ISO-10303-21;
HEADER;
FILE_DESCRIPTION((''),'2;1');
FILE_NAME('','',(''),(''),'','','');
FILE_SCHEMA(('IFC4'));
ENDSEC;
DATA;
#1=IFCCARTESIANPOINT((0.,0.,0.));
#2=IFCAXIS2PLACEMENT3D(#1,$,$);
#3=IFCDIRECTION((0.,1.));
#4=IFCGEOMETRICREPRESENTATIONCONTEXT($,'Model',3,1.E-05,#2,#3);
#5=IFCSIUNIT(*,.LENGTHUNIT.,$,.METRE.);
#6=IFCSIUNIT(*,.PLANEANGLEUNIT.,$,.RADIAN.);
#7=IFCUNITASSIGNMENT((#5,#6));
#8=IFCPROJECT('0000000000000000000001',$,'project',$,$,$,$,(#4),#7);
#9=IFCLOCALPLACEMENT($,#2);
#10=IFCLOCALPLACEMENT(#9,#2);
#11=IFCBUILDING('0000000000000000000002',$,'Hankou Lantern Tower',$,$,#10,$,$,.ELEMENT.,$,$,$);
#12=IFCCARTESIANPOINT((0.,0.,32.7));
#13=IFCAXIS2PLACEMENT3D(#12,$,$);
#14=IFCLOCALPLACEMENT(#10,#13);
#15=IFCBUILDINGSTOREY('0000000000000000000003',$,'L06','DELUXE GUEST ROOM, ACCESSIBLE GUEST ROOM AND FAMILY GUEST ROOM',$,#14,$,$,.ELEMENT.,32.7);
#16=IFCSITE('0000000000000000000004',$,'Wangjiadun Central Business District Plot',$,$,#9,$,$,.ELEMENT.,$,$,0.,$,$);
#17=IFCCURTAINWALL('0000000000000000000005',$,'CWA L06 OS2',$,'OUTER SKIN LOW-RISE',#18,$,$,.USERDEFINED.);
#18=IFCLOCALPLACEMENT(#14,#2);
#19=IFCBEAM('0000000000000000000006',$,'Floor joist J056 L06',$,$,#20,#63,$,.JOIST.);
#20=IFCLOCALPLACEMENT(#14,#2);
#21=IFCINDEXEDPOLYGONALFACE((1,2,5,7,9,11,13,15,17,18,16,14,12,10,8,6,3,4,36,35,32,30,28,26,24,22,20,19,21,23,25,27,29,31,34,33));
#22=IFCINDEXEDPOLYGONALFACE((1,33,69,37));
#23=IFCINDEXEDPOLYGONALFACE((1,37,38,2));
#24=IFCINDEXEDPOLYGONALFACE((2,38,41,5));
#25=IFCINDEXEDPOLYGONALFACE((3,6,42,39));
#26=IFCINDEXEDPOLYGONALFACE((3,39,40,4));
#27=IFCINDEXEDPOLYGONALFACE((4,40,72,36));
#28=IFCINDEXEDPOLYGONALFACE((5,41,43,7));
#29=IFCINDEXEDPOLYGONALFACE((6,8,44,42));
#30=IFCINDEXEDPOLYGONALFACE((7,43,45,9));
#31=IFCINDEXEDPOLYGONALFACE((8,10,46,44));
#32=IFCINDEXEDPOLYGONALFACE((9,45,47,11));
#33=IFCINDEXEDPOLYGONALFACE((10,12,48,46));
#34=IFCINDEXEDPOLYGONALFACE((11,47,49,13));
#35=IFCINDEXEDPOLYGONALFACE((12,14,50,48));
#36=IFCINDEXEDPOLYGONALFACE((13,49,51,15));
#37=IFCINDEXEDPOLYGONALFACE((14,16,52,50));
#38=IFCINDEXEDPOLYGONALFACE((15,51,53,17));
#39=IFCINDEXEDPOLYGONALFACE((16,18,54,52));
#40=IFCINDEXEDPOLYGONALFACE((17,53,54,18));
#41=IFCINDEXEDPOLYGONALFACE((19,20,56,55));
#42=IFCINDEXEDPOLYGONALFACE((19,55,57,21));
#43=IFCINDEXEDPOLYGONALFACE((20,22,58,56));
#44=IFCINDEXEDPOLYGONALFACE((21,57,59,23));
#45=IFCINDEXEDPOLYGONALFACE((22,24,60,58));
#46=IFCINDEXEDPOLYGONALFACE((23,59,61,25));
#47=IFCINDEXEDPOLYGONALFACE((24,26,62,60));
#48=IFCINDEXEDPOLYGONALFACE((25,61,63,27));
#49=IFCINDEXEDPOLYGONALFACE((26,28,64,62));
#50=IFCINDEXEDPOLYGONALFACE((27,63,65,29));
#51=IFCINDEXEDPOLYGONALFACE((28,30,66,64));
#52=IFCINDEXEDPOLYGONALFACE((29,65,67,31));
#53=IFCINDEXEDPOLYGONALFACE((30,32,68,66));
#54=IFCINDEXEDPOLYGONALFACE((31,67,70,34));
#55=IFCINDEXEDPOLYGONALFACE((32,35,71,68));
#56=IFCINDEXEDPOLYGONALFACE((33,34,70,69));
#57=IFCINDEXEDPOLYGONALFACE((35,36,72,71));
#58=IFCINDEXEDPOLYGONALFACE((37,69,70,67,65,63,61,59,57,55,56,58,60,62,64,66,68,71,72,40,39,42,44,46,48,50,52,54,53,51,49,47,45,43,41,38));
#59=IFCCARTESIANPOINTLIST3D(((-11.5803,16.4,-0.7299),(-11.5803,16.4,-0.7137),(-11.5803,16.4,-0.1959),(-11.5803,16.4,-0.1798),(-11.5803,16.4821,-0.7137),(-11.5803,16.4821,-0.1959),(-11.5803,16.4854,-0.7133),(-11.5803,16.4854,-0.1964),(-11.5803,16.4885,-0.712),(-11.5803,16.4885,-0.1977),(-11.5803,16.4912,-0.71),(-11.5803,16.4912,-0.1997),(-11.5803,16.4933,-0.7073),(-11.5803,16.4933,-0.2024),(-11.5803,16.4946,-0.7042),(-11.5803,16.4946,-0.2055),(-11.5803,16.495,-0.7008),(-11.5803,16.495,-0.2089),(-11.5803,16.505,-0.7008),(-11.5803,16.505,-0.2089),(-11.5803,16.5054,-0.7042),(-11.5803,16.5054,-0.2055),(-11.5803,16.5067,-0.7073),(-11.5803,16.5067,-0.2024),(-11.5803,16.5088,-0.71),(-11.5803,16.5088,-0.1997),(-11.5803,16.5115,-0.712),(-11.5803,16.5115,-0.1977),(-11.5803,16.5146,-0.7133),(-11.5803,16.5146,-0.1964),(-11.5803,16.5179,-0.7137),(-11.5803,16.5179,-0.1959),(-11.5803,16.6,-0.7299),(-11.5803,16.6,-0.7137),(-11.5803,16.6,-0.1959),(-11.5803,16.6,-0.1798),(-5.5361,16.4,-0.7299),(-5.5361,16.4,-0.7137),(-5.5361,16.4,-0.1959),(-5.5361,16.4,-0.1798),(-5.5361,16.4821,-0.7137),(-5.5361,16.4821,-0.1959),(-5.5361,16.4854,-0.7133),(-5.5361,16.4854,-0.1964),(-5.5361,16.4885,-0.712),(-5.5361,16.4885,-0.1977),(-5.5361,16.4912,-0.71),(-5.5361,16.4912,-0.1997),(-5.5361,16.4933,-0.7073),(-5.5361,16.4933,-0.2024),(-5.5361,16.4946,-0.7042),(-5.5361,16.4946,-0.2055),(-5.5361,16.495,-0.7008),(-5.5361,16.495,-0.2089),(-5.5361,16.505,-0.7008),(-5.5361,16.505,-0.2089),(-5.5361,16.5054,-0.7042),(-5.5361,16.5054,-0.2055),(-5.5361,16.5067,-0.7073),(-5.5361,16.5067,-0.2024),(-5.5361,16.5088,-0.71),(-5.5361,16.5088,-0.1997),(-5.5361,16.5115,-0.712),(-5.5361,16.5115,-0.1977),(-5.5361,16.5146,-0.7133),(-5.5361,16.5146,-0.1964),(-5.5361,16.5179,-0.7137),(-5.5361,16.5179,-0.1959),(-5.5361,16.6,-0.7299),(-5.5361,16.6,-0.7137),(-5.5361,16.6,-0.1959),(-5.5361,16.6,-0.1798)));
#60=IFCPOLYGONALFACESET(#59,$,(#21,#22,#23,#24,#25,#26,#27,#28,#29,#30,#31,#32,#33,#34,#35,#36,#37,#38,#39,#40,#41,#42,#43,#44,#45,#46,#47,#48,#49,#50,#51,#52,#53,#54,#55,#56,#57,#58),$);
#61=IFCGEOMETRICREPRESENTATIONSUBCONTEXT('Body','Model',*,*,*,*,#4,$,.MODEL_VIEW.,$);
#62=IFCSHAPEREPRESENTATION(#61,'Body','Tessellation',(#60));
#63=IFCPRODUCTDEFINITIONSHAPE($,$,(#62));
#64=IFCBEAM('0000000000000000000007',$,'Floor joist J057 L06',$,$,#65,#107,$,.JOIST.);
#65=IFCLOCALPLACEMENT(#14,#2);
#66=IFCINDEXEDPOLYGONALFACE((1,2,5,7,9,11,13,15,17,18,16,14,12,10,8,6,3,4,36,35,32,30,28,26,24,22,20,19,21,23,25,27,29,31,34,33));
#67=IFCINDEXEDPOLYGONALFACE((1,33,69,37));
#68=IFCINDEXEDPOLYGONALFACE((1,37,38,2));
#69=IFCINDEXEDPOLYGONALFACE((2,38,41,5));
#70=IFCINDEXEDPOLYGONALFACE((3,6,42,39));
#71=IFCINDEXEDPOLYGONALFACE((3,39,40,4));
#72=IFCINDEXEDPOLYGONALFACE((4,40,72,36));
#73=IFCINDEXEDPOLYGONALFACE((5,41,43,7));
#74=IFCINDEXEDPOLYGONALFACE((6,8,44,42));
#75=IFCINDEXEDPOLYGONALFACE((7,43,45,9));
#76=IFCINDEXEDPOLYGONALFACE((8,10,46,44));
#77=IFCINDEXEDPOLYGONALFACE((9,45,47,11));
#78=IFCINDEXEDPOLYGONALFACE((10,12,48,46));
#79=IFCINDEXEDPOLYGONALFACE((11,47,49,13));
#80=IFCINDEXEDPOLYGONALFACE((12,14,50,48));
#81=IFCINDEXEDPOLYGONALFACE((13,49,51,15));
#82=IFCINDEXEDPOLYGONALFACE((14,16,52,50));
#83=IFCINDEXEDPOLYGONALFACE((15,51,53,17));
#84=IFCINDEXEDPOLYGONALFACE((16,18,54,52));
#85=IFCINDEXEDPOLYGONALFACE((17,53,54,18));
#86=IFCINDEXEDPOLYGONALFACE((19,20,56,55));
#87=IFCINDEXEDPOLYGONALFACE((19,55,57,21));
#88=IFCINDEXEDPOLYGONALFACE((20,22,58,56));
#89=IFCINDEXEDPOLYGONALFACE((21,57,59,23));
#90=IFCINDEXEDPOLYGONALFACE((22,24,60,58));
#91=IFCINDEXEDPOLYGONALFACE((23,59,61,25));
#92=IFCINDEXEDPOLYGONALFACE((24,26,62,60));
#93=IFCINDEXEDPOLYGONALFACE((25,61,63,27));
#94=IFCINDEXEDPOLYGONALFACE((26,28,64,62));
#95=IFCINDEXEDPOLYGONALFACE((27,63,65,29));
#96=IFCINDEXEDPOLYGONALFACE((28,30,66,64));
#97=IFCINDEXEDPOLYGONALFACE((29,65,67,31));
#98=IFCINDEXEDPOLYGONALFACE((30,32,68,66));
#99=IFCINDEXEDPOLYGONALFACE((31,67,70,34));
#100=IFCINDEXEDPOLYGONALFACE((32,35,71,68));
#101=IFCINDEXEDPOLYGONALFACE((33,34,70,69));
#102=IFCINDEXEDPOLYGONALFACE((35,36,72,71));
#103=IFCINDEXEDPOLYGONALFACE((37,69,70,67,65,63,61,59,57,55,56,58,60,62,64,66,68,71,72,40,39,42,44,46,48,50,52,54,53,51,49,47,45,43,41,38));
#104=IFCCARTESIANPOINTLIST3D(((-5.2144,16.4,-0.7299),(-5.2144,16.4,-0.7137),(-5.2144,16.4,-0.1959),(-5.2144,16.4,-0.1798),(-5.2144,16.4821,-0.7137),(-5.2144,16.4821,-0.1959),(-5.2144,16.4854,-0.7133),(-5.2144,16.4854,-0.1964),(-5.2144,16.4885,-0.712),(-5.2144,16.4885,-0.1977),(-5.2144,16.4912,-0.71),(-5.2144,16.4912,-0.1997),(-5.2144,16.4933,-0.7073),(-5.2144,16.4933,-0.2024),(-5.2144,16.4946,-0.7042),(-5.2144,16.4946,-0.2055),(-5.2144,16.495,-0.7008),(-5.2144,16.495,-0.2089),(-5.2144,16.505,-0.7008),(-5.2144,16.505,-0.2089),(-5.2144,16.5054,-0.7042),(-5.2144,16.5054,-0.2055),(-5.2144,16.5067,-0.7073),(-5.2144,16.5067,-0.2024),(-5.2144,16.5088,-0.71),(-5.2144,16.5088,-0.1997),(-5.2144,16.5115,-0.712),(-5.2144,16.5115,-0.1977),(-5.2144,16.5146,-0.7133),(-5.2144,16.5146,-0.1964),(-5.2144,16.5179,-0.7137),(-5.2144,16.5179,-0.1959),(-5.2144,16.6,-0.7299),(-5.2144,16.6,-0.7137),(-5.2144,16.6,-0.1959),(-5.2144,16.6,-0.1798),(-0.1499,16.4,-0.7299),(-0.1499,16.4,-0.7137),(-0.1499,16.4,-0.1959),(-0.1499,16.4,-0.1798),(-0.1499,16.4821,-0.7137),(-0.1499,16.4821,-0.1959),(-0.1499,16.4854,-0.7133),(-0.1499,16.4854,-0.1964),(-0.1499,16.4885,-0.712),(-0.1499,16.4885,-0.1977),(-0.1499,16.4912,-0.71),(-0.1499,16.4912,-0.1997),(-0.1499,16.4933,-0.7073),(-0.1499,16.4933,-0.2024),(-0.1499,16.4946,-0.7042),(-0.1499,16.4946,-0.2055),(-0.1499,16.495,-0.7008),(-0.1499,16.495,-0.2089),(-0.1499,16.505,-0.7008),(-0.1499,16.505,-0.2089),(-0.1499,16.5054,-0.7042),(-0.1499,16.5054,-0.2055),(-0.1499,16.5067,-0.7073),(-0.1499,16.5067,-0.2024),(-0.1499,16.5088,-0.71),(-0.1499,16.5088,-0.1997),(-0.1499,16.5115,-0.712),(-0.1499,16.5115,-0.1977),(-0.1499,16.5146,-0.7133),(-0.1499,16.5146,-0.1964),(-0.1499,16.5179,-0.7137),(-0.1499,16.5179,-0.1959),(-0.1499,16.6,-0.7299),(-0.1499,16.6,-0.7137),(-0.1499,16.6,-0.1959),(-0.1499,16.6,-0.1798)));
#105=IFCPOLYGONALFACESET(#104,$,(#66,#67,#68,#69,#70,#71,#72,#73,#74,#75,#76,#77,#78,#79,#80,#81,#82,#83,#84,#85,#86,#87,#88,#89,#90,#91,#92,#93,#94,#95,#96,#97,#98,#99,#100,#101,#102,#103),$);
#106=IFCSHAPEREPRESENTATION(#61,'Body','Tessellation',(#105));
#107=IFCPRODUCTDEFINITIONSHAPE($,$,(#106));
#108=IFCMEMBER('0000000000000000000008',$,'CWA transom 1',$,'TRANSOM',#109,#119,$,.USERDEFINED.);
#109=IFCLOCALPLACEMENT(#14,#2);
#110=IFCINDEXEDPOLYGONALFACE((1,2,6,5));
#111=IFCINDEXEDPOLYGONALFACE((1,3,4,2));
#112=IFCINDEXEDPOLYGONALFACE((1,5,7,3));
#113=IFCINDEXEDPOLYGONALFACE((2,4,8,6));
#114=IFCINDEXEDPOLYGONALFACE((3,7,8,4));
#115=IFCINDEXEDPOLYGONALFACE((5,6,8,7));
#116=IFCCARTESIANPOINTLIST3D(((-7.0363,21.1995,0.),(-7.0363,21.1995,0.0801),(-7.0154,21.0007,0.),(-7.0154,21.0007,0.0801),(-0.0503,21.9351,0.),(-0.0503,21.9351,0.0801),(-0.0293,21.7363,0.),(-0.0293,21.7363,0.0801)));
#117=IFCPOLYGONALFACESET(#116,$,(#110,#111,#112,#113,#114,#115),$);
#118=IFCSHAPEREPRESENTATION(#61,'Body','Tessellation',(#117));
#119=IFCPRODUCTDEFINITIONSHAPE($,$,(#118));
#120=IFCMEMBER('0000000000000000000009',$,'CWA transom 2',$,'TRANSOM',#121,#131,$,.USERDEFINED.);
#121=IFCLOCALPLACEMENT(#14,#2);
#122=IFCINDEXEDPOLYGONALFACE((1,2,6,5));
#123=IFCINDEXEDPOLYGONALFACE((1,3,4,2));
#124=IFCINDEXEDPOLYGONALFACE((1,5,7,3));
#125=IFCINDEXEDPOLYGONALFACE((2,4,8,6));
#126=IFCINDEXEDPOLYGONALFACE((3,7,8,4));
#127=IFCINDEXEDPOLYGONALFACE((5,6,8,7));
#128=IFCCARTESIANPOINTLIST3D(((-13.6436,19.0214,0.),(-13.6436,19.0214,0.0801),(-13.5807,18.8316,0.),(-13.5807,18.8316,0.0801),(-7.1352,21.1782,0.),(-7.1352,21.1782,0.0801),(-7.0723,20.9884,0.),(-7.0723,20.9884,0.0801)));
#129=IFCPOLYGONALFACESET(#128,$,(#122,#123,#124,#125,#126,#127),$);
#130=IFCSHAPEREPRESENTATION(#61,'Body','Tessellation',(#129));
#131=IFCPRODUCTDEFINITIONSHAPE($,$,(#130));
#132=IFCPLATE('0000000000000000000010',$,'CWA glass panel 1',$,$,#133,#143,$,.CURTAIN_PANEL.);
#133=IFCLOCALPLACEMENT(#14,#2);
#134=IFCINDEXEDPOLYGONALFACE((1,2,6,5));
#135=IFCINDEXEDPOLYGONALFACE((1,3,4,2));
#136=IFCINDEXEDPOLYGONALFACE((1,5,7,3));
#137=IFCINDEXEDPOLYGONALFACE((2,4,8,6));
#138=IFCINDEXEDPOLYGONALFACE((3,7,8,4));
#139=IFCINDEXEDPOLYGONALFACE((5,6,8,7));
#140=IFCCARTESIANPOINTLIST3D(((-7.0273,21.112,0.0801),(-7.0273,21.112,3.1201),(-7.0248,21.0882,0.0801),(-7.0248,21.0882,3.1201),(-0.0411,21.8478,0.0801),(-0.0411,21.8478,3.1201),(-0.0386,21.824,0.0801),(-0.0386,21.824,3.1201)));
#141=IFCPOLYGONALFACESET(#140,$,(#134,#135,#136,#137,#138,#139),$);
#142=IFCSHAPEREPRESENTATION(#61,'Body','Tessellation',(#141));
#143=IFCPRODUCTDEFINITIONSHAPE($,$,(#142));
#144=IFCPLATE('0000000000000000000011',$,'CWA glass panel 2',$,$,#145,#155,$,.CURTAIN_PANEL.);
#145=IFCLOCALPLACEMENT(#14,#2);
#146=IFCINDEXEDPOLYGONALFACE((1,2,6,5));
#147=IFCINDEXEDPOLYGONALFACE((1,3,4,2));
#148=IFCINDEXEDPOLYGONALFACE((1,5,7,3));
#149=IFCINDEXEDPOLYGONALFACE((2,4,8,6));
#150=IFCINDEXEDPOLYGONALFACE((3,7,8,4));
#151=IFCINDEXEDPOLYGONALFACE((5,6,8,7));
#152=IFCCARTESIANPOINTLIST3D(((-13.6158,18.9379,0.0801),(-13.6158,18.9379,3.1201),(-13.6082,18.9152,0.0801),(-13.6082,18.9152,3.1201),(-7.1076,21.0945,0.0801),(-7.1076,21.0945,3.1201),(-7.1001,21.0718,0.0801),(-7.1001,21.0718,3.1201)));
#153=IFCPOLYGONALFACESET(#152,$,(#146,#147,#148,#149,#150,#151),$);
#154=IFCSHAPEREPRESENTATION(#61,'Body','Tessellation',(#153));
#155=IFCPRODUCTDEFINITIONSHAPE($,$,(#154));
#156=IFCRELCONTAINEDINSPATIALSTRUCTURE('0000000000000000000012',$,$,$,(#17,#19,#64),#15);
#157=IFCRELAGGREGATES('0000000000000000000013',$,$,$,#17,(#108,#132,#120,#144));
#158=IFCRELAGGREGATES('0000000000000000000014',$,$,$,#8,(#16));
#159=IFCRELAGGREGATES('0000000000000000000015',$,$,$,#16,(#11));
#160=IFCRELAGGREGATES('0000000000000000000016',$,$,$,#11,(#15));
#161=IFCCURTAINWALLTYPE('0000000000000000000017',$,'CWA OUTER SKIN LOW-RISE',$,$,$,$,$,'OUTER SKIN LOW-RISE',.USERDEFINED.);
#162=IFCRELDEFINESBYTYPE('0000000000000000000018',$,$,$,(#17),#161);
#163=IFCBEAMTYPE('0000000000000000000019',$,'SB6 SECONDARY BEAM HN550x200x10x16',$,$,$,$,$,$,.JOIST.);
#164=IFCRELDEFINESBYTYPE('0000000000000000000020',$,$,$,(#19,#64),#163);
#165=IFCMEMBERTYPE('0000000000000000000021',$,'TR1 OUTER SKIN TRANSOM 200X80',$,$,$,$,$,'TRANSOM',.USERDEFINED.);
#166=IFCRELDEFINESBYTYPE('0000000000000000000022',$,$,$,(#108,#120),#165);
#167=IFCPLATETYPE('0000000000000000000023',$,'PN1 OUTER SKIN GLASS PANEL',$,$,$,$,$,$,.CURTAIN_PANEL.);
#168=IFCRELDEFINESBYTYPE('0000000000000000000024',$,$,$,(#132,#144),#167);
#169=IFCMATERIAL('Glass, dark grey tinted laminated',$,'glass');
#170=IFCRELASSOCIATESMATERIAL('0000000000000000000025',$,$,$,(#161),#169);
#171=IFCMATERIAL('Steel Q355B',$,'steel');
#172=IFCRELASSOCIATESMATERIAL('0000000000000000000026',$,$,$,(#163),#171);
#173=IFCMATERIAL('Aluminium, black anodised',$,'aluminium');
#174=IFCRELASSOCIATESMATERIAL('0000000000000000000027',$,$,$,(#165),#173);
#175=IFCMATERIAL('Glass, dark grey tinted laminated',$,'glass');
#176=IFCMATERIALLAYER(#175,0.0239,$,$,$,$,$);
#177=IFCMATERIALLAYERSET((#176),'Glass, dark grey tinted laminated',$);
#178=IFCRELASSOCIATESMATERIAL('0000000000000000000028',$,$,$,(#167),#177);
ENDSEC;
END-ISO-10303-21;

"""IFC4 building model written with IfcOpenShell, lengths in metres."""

from ifc_helpers import new_model, si_unit, direction, frame, origin, origin_2d, place, context, subcontext, project, spatial, rectangle, i_section, extrude, material, layer, layer_set, material_profile, profile_set, type_object, element, aggregate, save


model = new_model("IFC4")

# Units and contexts
model_context = context("Model", 3, precision=1e-05, world=origin(), true_north=direction((0.0, 1.0)))
body_context = subcontext(model_context, "Body", "Model", "MODEL_VIEW")
ifc_project = project(units=[si_unit("LENGTHUNIT", "METRE"), si_unit("PLANEANGLEUNIT", "RADIAN")], contexts=[model_context])

# Site, building, storey
site_placement = place(None, origin())
site = spatial("IfcSite", under=ifc_project, at=site_placement, Name="Wangjiadun Central Business District Plot", CompositionType="ELEMENT", RefElevation=0.0)
building_placement = place(site_placement, origin())
building = spatial("IfcBuilding", under=site, at=building_placement, Name="Hankou Lantern Tower", CompositionType="ELEMENT")
storey_placement = place(building_placement, frame((0.0, 0.0, 32.7)))
storey = spatial("IfcBuildingStorey", under=building, at=storey_placement, Name="L06", Description="DELUXE GUEST ROOM, ACCESSIBLE GUEST ROOM AND FAMILY GUEST ROOM", CompositionType="ELEMENT", Elevation=32.7)

# Curtain wall
ifc_material_1 = material(Name="Glass, dark grey tinted laminated", Category="glass")
curtain_wall_type = type_object("IfcCurtainWallType", Name="CWA OUTER SKIN LOW-RISE", ElementType="OUTER SKIN LOW-RISE", PredefinedType="USERDEFINED", material=ifc_material_1)
curtain_wall_placement = place(storey_placement, origin())
curtain_wall = element("IfcCurtainWall", 1, at=curtain_wall_placement, inside=storey, type_object=curtain_wall_type, Name="CWA L06 OS2", ObjectType="OUTER SKIN LOW-RISE", PredefinedType="USERDEFINED")

# Beams
ifc_material_2 = material(Name="Steel Q355B", Category="steel")
ifc_material_profile_1 = material_profile(ifc_material_2, i_section(OverallWidth=0.2, OverallDepth=0.55, WebThickness=0.01, FlangeThickness=0.0161, FilletRadius=0.0129, at=origin_2d()), Name="HN550x200x10x16")
ifc_profile_set_1 = profile_set([ifc_material_profile_1], Name="Steel Q355B")
beam_type_1 = type_object("IfcBeamType", Name="SB6 SECONDARY BEAM HN550x200x10x16", PredefinedType="JOIST", material=ifc_profile_set_1)
beam_1_placement = place(storey_placement, frame((-11.5803, 16.5, -0.4548), z_axis=(1.0, 0.0, 0.0), x_axis=(0.0, 1.0, 0.0)))
element("IfcBeam", 2, at=beam_1_placement, inside=storey, type_object=beam_type_1, Name="Floor joist J056 L06", PredefinedType="JOIST", context=body_context, shape_type="SweptSolid", body=[
    extrude(i_section(OverallWidth=0.2, OverallDepth=0.55, WebThickness=0.01, FlangeThickness=0.0161, FilletRadius=0.0129, at=origin_2d()), origin(), (0.0, 0.0, 1.0), 6.0442),
])
beam_2_placement = place(storey_placement, frame((-5.2144, 16.5, -0.4548), z_axis=(1.0, 0.0, 0.0), x_axis=(0.0, 1.0, 0.0)))
element("IfcBeam", 3, at=beam_2_placement, inside=storey, type_object=beam_type_1, Name="Floor joist J057 L06", PredefinedType="JOIST", context=body_context, shape_type="SweptSolid", body=[
    extrude(i_section(OverallWidth=0.2, OverallDepth=0.55, WebThickness=0.01, FlangeThickness=0.0161, FilletRadius=0.0129, at=origin_2d()), origin(), (0.0, 0.0, 1.0), 5.0645),
])

# Members
ifc_material_3 = material(Name="Aluminium, black anodised", Category="aluminium")
ifc_material_profile_2 = material_profile(ifc_material_3, rectangle(XDim=0.2, YDim=0.0801, at=origin_2d()), Name="TR1 200X80")
ifc_profile_set_2 = profile_set([ifc_material_profile_2], Name="Aluminium, black anodised")
member_type_1 = type_object("IfcMemberType", Name="TR1 OUTER SKIN TRANSOM 200X80", ElementType="TRANSOM", PredefinedType="USERDEFINED", material=ifc_profile_set_2)
member_1_placement = place(storey_placement, frame((-0.0398, 21.8357, 0.04), z_axis=(-0.994502, -0.104716, 0.0), x_axis=(0.104716, -0.994502, 0.0)))
member_1 = element("IfcMember", 4, at=member_1_placement, type_object=member_type_1, Name="CWA transom 1", ObjectType="TRANSOM", PredefinedType="USERDEFINED", context=body_context, shape_type="SweptSolid", body=[
    extrude(rectangle(XDim=0.2, YDim=0.0801, at=origin_2d()), origin(), (0.0, 0.0, 1.0), 7.0247),
])
member_2_placement = place(storey_placement, frame((-7.1038, 21.0833, 0.04), z_axis=(-0.949237, -0.314561, 0.0), x_axis=(0.314561, -0.949237, 0.0)))
member_2 = element("IfcMember", 5, at=member_2_placement, type_object=member_type_1, Name="CWA transom 2", ObjectType="TRANSOM", PredefinedType="USERDEFINED", context=body_context, shape_type="SweptSolid", body=[
    extrude(rectangle(XDim=0.2, YDim=0.0801, at=origin_2d()), origin(), (0.0, 0.0, 1.0), 6.8564),
])

# Plates
ifc_material_4 = material(Name="Glass, dark grey tinted laminated", Category="glass")
ifc_layer_1 = layer(ifc_material_4, 0.0239)
ifc_layer_set_1 = layer_set([ifc_layer_1], Name="Glass, dark grey tinted laminated")
plate_type = type_object("IfcPlateType", Name="PN1 OUTER SKIN GLASS PANEL", PredefinedType="CURTAIN_PANEL", material=ifc_layer_set_1)
plate_1_placement = place(storey_placement, frame((-3.533, 21.468, 0.0801), z_axis=(0.0, 0.0, 1.0), x_axis=(-0.994499, -0.104743, 0.0)))
plate_1 = element("IfcPlate", 6, at=plate_1_placement, type_object=plate_type, Name="CWA glass panel 1", PredefinedType="CURTAIN_PANEL", context=body_context, shape_type="SweptSolid", body=[
    extrude(rectangle(XDim=7.0249, YDim=0.0239, at=origin_2d()), origin(), (0.0, 0.0, 1.0), 3.04),
])
plate_2_placement = place(storey_placement, frame((-10.3579, 20.0049, 0.0801), z_axis=(0.0, 0.0, 1.0), x_axis=(-0.949241, -0.314551, 0.0)))
plate_2 = element("IfcPlate", 7, at=plate_2_placement, type_object=plate_type, Name="CWA glass panel 2", PredefinedType="CURTAIN_PANEL", context=body_context, shape_type="SweptSolid", body=[
    extrude(rectangle(XDim=6.8562, YDim=0.0239, at=origin_2d()), origin(), (0.0, 0.0, 1.0), 3.04),
])
aggregate(curtain_wall, [member_1, plate_1, member_2, plate_2])

save(model, "model.ifc")
